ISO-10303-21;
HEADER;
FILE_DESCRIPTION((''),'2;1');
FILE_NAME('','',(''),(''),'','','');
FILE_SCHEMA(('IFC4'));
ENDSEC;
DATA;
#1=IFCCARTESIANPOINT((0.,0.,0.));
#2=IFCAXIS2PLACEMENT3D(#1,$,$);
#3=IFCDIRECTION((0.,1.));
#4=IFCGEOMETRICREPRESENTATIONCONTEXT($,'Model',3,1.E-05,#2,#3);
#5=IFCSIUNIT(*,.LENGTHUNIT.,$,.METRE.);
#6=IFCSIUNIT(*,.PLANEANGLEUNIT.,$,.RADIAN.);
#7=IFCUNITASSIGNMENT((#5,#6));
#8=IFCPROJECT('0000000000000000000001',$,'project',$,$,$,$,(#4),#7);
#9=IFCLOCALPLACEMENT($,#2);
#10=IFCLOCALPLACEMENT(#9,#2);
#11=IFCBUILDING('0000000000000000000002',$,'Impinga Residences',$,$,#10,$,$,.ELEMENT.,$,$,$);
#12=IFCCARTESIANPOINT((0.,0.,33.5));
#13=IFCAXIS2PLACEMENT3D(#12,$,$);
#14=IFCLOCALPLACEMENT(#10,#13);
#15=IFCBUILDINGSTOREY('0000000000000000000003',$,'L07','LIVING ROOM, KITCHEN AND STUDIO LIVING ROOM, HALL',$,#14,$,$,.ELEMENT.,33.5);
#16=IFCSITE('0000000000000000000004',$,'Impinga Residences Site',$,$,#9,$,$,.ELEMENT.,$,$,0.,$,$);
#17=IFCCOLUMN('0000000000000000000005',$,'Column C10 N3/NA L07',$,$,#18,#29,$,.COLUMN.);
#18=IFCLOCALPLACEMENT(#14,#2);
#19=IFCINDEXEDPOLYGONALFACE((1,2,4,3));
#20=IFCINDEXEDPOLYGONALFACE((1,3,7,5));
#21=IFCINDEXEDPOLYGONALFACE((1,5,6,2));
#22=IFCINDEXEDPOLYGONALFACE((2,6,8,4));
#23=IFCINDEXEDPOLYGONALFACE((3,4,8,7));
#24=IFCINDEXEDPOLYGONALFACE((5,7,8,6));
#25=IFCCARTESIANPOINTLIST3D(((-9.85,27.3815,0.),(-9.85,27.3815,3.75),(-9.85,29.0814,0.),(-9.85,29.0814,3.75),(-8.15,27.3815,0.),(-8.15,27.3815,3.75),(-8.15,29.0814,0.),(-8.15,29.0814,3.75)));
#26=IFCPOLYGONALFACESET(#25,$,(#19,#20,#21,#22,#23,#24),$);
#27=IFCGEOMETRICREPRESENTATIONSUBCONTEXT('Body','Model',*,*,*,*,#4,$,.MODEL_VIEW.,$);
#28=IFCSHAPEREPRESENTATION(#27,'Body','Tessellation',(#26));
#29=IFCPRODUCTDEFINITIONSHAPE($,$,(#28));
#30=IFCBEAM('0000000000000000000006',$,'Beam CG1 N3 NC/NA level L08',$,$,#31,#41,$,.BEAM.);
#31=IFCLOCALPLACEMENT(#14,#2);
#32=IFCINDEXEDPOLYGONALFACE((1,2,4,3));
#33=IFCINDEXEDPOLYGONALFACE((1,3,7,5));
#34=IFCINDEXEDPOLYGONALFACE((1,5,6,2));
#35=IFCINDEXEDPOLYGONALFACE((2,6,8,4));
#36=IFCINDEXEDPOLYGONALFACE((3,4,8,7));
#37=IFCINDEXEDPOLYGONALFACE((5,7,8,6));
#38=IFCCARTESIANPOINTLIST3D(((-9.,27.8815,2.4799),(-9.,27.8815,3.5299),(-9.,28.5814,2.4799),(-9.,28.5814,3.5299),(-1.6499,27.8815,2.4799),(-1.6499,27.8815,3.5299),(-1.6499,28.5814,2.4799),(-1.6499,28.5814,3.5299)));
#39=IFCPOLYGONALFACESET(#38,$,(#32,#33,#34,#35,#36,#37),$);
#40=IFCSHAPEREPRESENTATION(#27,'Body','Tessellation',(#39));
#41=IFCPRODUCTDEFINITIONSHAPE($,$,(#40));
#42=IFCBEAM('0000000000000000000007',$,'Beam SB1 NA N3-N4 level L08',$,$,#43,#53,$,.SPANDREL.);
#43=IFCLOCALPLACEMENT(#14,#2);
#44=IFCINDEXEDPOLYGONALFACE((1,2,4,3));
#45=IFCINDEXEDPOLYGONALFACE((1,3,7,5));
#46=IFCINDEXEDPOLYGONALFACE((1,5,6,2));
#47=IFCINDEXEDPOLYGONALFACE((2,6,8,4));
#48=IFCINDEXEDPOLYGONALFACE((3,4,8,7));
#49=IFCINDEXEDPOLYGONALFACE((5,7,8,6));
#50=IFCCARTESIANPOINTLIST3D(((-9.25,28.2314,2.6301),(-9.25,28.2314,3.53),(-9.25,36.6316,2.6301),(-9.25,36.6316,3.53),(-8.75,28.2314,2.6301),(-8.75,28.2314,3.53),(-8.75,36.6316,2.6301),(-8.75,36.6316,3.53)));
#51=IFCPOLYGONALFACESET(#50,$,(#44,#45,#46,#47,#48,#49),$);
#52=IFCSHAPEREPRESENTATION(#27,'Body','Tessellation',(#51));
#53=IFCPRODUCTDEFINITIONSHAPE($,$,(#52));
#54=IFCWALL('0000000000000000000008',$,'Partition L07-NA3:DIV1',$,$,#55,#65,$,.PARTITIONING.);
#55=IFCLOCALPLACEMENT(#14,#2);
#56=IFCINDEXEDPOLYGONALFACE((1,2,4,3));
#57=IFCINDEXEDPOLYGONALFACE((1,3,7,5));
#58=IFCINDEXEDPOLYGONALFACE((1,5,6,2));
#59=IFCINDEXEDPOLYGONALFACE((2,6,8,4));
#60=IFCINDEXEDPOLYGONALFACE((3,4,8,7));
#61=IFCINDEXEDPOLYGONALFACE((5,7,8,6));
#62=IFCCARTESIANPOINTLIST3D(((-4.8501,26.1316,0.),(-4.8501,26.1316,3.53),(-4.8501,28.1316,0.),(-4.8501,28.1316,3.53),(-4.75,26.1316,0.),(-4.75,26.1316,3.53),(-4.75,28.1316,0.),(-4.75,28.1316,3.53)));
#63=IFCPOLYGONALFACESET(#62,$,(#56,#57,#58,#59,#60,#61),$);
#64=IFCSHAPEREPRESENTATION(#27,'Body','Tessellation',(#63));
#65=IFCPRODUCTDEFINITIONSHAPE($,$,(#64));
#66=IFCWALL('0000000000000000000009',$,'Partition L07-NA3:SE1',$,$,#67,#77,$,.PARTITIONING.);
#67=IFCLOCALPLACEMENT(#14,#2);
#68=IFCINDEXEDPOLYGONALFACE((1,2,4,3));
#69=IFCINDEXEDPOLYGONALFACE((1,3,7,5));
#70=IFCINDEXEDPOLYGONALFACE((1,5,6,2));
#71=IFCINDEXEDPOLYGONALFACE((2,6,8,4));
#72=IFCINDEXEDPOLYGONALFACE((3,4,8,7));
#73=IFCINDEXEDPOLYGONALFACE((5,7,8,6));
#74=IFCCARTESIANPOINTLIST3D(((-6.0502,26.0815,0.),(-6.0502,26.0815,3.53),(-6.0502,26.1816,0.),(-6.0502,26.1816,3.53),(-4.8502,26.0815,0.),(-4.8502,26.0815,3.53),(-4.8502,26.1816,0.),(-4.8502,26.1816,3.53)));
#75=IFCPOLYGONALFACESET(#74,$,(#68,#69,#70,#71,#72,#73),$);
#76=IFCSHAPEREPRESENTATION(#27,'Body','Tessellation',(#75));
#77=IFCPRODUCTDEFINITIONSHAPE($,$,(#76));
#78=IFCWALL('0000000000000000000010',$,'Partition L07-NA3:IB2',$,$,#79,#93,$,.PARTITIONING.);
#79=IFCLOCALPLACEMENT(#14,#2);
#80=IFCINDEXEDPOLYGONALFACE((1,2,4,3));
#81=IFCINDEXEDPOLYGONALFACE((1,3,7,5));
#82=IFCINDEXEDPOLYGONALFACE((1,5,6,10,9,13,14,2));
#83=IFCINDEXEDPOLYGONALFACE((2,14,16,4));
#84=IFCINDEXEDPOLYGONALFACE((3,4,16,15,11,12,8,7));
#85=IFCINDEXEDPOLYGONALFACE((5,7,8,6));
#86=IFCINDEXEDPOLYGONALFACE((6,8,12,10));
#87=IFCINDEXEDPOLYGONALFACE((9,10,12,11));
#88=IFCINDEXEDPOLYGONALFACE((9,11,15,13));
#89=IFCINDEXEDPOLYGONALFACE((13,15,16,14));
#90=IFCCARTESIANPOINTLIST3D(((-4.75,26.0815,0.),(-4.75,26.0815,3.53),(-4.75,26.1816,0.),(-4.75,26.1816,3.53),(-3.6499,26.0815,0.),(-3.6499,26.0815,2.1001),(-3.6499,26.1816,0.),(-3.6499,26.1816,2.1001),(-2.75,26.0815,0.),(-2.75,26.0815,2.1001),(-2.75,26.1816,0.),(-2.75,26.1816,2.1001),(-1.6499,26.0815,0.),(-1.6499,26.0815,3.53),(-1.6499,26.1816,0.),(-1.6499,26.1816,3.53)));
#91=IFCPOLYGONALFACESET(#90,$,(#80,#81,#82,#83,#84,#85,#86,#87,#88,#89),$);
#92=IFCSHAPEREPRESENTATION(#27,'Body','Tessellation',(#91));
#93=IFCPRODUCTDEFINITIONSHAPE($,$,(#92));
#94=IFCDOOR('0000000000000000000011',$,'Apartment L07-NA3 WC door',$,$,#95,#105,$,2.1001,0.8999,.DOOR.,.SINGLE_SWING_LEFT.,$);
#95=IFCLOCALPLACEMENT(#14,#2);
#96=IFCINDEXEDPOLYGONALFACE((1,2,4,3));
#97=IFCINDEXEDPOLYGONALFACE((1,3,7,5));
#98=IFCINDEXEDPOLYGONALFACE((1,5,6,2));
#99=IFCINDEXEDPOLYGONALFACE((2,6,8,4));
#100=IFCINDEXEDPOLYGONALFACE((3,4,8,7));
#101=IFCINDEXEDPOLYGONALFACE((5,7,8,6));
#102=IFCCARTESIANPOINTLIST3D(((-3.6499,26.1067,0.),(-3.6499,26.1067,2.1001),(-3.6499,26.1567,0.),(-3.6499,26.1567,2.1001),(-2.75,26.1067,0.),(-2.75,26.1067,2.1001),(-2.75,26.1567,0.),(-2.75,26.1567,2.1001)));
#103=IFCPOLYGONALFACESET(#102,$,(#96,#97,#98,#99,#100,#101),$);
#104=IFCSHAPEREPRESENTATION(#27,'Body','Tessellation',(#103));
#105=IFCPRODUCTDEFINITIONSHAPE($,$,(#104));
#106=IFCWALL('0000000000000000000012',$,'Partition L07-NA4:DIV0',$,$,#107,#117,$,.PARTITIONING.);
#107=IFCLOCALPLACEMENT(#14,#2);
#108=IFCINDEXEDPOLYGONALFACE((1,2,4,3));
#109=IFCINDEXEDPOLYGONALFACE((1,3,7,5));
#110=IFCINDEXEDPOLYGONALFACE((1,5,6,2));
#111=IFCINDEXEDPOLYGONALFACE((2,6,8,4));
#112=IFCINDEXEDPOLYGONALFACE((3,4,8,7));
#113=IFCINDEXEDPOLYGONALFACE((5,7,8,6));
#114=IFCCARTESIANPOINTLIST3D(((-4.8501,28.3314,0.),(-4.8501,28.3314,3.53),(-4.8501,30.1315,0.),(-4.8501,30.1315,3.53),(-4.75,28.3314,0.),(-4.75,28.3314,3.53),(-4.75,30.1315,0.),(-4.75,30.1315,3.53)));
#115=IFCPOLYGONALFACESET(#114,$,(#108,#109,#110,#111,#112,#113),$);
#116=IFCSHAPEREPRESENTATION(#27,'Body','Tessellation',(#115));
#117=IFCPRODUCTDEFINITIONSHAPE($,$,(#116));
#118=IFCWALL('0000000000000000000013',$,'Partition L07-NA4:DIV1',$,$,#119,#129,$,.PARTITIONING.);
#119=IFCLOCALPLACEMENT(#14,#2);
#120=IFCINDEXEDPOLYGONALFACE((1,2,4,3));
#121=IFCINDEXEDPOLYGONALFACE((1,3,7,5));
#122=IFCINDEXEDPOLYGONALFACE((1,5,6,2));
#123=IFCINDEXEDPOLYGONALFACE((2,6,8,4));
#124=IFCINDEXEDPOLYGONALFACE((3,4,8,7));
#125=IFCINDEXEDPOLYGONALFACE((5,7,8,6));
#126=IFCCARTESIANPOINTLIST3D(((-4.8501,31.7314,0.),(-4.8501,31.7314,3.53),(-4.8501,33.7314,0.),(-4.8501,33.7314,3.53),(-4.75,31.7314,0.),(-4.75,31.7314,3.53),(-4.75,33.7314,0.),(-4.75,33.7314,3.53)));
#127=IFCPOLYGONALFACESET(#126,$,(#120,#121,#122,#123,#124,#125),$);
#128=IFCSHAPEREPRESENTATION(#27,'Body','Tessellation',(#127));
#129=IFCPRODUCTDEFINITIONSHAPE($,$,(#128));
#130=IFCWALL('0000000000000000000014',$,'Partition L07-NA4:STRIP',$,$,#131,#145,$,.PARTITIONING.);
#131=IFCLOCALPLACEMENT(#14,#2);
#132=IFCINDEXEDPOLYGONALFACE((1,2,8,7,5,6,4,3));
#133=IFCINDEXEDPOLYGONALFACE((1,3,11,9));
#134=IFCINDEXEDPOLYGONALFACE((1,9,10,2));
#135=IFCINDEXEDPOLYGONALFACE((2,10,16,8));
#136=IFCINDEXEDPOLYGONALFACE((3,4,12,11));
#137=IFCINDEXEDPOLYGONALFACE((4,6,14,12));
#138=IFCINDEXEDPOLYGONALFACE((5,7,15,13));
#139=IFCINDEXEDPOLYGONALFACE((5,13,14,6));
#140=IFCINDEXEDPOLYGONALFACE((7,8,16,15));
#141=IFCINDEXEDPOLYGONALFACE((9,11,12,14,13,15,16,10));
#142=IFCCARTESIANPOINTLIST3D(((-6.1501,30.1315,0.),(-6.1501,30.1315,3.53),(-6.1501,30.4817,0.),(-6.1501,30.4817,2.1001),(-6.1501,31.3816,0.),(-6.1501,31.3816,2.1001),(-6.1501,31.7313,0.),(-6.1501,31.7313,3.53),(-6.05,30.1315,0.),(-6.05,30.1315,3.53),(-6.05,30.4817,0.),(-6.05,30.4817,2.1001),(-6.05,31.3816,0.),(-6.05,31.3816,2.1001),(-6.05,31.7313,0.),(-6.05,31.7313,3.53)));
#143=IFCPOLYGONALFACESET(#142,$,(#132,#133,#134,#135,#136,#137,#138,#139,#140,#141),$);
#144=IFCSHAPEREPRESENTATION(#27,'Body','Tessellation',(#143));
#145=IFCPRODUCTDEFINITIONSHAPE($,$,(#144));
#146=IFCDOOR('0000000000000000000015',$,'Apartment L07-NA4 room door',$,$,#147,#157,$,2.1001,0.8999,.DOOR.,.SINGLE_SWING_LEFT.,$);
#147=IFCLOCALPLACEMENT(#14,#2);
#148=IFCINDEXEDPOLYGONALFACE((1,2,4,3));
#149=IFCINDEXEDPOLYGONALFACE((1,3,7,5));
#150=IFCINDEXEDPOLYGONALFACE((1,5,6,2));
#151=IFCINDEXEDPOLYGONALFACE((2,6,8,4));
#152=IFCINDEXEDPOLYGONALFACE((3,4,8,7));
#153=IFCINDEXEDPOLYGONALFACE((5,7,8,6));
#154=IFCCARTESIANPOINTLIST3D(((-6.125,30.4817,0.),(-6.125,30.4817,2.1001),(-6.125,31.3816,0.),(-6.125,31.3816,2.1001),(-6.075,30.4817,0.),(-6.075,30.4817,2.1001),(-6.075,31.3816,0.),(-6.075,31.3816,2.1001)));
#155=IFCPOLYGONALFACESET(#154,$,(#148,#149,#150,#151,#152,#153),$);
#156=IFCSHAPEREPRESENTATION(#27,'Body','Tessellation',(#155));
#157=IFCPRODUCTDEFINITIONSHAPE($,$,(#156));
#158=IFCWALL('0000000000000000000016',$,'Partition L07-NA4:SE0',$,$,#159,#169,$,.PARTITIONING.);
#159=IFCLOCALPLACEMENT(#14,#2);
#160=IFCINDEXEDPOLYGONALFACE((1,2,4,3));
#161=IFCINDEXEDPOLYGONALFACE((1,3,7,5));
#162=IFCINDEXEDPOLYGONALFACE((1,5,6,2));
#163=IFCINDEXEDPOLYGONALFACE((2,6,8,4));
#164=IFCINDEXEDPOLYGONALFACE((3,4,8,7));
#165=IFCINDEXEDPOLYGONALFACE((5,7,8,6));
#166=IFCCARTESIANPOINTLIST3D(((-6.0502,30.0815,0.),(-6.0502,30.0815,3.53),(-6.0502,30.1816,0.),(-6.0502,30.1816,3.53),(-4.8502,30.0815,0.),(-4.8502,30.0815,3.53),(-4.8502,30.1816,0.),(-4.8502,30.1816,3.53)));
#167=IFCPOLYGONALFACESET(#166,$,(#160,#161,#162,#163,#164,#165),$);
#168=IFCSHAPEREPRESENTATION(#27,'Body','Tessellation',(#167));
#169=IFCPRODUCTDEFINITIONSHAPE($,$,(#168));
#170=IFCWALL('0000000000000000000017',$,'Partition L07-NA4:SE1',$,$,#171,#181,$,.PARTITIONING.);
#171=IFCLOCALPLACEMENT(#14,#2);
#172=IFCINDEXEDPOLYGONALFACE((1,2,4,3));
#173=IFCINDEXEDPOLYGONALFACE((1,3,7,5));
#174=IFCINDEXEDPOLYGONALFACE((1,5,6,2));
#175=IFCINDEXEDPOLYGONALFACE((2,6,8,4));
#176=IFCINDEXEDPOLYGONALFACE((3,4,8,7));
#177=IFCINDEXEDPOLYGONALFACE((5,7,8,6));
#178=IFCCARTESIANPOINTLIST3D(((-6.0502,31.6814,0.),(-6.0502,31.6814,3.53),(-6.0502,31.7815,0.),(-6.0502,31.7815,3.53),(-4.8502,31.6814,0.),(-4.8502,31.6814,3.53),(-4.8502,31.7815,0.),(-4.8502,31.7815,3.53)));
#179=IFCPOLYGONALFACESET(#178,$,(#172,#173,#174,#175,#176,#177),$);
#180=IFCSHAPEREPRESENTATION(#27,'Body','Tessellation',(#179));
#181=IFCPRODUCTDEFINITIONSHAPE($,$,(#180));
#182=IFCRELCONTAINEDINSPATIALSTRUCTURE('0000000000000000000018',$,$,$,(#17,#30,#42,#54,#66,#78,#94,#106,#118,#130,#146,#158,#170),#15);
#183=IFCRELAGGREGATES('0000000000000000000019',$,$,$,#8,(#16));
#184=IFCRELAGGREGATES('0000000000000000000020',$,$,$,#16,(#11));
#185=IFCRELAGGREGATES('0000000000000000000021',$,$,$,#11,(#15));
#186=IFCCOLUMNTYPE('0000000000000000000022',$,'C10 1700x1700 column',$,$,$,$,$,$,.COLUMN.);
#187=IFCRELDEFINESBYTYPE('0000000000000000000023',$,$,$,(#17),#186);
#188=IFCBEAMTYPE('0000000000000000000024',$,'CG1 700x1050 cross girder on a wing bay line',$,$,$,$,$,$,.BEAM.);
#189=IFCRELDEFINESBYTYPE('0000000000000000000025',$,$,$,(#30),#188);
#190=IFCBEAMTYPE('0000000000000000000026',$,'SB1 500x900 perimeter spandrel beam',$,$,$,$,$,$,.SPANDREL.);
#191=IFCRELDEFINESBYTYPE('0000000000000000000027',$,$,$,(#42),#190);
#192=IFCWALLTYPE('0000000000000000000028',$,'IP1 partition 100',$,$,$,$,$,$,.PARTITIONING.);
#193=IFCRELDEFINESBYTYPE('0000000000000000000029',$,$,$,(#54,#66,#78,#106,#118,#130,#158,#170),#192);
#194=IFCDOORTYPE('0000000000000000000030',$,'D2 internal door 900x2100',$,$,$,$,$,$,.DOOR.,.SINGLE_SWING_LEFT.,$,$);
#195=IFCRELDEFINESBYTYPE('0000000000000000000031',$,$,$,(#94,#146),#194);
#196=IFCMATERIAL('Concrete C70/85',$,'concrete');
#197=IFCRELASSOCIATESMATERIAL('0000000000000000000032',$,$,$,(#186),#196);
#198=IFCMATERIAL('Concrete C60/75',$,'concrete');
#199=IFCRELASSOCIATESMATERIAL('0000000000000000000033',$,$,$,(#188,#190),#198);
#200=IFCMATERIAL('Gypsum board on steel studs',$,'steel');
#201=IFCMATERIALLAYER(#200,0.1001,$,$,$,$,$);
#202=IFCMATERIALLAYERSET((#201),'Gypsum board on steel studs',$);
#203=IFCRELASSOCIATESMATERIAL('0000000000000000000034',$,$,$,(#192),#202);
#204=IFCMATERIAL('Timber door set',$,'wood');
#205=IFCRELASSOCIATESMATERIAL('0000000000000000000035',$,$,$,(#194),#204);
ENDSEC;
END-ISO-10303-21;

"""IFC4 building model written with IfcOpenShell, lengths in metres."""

from ifc_helpers import new_model, si_unit, direction, frame, frame_2d, origin, origin_2d, place, context, subcontext, project, spatial, rectangle, extrude, material, layer, layer_set, material_profile, profile_set, type_object, element, fill, save


model = new_model("IFC4")

# Units and contexts
model_context = context("Model", 3, precision=1e-05, world=origin(), true_north=direction((0.0, 1.0)))
body_context = subcontext(model_context, "Body", "Model", "MODEL_VIEW")
ifc_project = project(units=[si_unit("LENGTHUNIT", "METRE"), si_unit("PLANEANGLEUNIT", "RADIAN")], contexts=[model_context])

# Site, building, storey
site_placement = place(None, origin())
site = spatial("IfcSite", under=ifc_project, at=site_placement, Name="Impinga Residences Site", CompositionType="ELEMENT", RefElevation=0.0)
building_placement = place(site_placement, origin())
building = spatial("IfcBuilding", under=site, at=building_placement, Name="Impinga Residences", CompositionType="ELEMENT")
storey_placement = place(building_placement, frame((0.0, 0.0, 33.5)))
storey = spatial("IfcBuildingStorey", under=building, at=storey_placement, Name="L07", Description="LIVING ROOM, KITCHEN AND STUDIO LIVING ROOM, HALL", CompositionType="ELEMENT", Elevation=33.5)

# Column
ifc_material_1 = material(Name="Concrete C70/85", Category="concrete")
ifc_material_profile_1 = material_profile(ifc_material_1, rectangle(XDim=1.7, YDim=1.7, at=origin_2d()), Name="RC 1700x1700")
ifc_profile_set_1 = profile_set([ifc_material_profile_1], Name="Concrete C70/85")
column_type = type_object("IfcColumnType", Name="C10 1700x1700 column", PredefinedType="COLUMN", material=ifc_profile_set_1)
column_placement = place(storey_placement, frame((-9.0, 28.2314, 0.0), z_axis=(0.0, 0.0, 1.0), x_axis=(1.0, 0.0, 0.0)))
element("IfcColumn", 1, at=column_placement, inside=storey, type_object=column_type, Name="Column C10 N3/NA L07", PredefinedType="COLUMN", context=body_context, shape_type="SweptSolid", body=[
    extrude(rectangle(XDim=1.7, YDim=1.7, at=origin_2d()), origin(), (0.0, 0.0, 1.0), 3.75),
])

# Beams
ifc_material_2 = material(Name="Concrete C60/75", Category="concrete")
ifc_material_profile_2 = material_profile(ifc_material_2, rectangle(XDim=0.7, YDim=1.05, at=origin_2d()), Name="RC 700x1050")
ifc_profile_set_2 = profile_set([ifc_material_profile_2], Name="Concrete C60/75")
beam_type_1 = type_object("IfcBeamType", Name="CG1 700x1050 cross girder on a wing bay line", PredefinedType="BEAM", material=ifc_profile_set_2)
beam_1_placement = place(storey_placement, frame((-1.6499, 28.2314, 3.0049), z_axis=(-1.0, 0.0, 0.0), x_axis=(0.0, -1.0, 0.0)))
element("IfcBeam", 2, at=beam_1_placement, inside=storey, type_object=beam_type_1, Name="Beam CG1 N3 NC/NA level L08", PredefinedType="BEAM", context=body_context, shape_type="SweptSolid", body=[
    extrude(rectangle(XDim=0.7, YDim=1.05, at=origin_2d()), origin(), (0.0, 0.0, 1.0), 7.3501),
])
ifc_material_profile_3 = material_profile(ifc_material_2, rectangle(XDim=0.5, YDim=0.8999, at=origin_2d()), Name="RC 500x900")
ifc_profile_set_3 = profile_set([ifc_material_profile_3], Name="Concrete C60/75")
beam_type_2 = type_object("IfcBeamType", Name="SB1 500x900 perimeter spandrel beam", PredefinedType="SPANDREL", material=ifc_profile_set_3)
beam_2_placement = place(storey_placement, frame((-9.0, 28.2314, 3.0801), z_axis=(0.0, 1.0, 0.0), x_axis=(-1.0, 0.0, 0.0)))
element("IfcBeam", 3, at=beam_2_placement, inside=storey, type_object=beam_type_2, Name="Beam SB1 NA N3-N4 level L08", PredefinedType="SPANDREL", context=body_context, shape_type="SweptSolid", body=[
    extrude(rectangle(XDim=0.5, YDim=0.8999, at=origin_2d()), origin(), (0.0, 0.0, 1.0), 8.4001),
])

# Walls
ifc_material_3 = material(Name="Gypsum board on steel studs", Category="steel")
ifc_layer_1 = layer(ifc_material_3, 0.1001)
ifc_layer_set_1 = layer_set([ifc_layer_1], Name="Gypsum board on steel studs")
wall_type_1 = type_object("IfcWallType", Name="IP1 partition 100", PredefinedType="PARTITIONING", material=ifc_layer_set_1)
wall_1_placement = place(storey_placement, frame((-4.8, 26.1316, 0.0), z_axis=(0.0, 0.0, 1.0), x_axis=(0.0, 1.0, 0.0)))
element("IfcWall", 4, at=wall_1_placement, inside=storey, type_object=wall_type_1, Name="Partition L07-NA3:DIV1", PredefinedType="PARTITIONING", context=body_context, shape_type="SweptSolid", body=[
    extrude(rectangle(XDim=2.0, YDim=0.1001, at=frame_2d((1.0, 0.0))), origin(), (0.0, 0.0, 1.0), 3.53),
])
wall_2_placement = place(storey_placement, frame((-4.8501, 26.1316, 0.0), z_axis=(0.0, 0.0, 1.0), x_axis=(-1.0, 0.0, 0.0)))
element("IfcWall", 5, at=wall_2_placement, inside=storey, type_object=wall_type_1, Name="Partition L07-NA3:SE1", PredefinedType="PARTITIONING", context=body_context, shape_type="SweptSolid", body=[
    extrude(rectangle(XDim=1.2, YDim=0.1001, at=frame_2d((0.6001, 0.0))), origin(), (0.0, 0.0, 1.0), 3.53),
])

# Wall, opening, door
wall_3_placement = place(storey_placement, frame((-1.6499, 26.1316, 0.0), z_axis=(0.0, 0.0, 1.0), x_axis=(-1.0, 0.0, 0.0)))
wall_3 = element("IfcWall", 6, at=wall_3_placement, inside=storey, type_object=wall_type_1, Name="Partition L07-NA3:IB2", PredefinedType="PARTITIONING", context=body_context, shape_type="SweptSolid", body=[
    extrude(rectangle(XDim=3.1001, YDim=0.1001, at=frame_2d((1.55, 0.0))), origin(), (0.0, 0.0, 1.0), 3.53),
])
opening_1_placement = place(wall_3_placement, frame((1.1001, 0.0, 0.0)))
opening_1 = element("IfcOpeningElement", 7, at=opening_1_placement, cuts=wall_3, PredefinedType="OPENING", context=body_context, shape_type="SweptSolid", body=[
    extrude(rectangle(XDim=0.8999, YDim=2.1001, at=frame_2d((0.45, 1.05))), frame((0.0, 0.0601, 0.0), z_axis=(0.0, -1.0, 0.0), x_axis=(1.0, 0.0, 0.0)), (0.0, 0.0, 1.0), 0.1201),
])
ifc_material_4 = material(Name="Timber door set", Category="wood")
door_type = type_object("IfcDoorType", Name="D2 internal door 900x2100", OperationType="SINGLE_SWING_LEFT", PredefinedType="DOOR", material=ifc_material_4)
door_1_placement = place(opening_1_placement, origin())
door_1 = element("IfcDoor", 8, at=door_1_placement, inside=storey, type_object=door_type, Name="Apartment L07-NA3 WC door", OperationType="SINGLE_SWING_LEFT", OverallHeight=2.1001, OverallWidth=0.8999, PredefinedType="DOOR", context=body_context, shape_type="SweptSolid", body=[
    extrude(rectangle(XDim=0.8999, YDim=2.1001, at=frame_2d((0.45, 1.05))), frame((0.0, 0.0249, 0.0), z_axis=(0.0, -1.0, 0.0), x_axis=(1.0, 0.0, 0.0)), (0.0, 0.0, 1.0), 0.05),
])
fill(opening_1, door_1)

# Walls
wall_4_placement = place(storey_placement, frame((-4.8, 28.3315, 0.0), z_axis=(0.0, 0.0, 1.0), x_axis=(0.0, 1.0, 0.0)))
element("IfcWall", 9, at=wall_4_placement, inside=storey, type_object=wall_type_1, Name="Partition L07-NA4:DIV0", PredefinedType="PARTITIONING", context=body_context, shape_type="SweptSolid", body=[
    extrude(rectangle(XDim=1.8, YDim=0.1001, at=frame_2d((0.8999, 0.0))), origin(), (0.0, 0.0, 1.0), 3.53),
])
wall_5_placement = place(storey_placement, frame((-4.8, 31.7314, 0.0), z_axis=(0.0, 0.0, 1.0), x_axis=(0.0, 1.0, 0.0)))
element("IfcWall", 10, at=wall_5_placement, inside=storey, type_object=wall_type_1, Name="Partition L07-NA4:DIV1", PredefinedType="PARTITIONING", context=body_context, shape_type="SweptSolid", body=[
    extrude(rectangle(XDim=2.0, YDim=0.1001, at=frame_2d((1.0, 0.0))), origin(), (0.0, 0.0, 1.0), 3.53),
])

# Wall, opening, door
wall_6_placement = place(storey_placement, frame((-6.1001, 30.1316, 0.0), z_axis=(0.0, 0.0, 1.0), x_axis=(0.0, 1.0, 0.0)))
wall_6 = element("IfcWall", 11, at=wall_6_placement, inside=storey, type_object=wall_type_1, Name="Partition L07-NA4:STRIP", PredefinedType="PARTITIONING", context=body_context, shape_type="SweptSolid", body=[
    extrude(rectangle(XDim=1.5999, YDim=0.1001, at=frame_2d((0.7998, 0.0))), origin(), (0.0, 0.0, 1.0), 3.53),
])
opening_2_placement = place(wall_6_placement, frame((0.3501, 0.0, 0.0)))
opening_2 = element("IfcOpeningElement", 12, at=opening_2_placement, cuts=wall_6, PredefinedType="OPENING", context=body_context, shape_type="SweptSolid", body=[
    extrude(rectangle(XDim=0.8999, YDim=2.1001, at=frame_2d((0.45, 1.05))), frame((0.0, 0.0601, 0.0), z_axis=(0.0, -1.0, 0.0), x_axis=(1.0, 0.0, 0.0)), (0.0, 0.0, 1.0), 0.1201),
])
door_2_placement = place(opening_2_placement, origin())
door_2 = element("IfcDoor", 13, at=door_2_placement, inside=storey, type_object=door_type, Name="Apartment L07-NA4 room door", OperationType="SINGLE_SWING_LEFT", OverallHeight=2.1001, OverallWidth=0.8999, PredefinedType="DOOR", context=body_context, shape_type="SweptSolid", body=[
    extrude(rectangle(XDim=0.8999, YDim=2.1001, at=frame_2d((0.45, 1.05))), frame((0.0, 0.0249, 0.0), z_axis=(0.0, -1.0, 0.0), x_axis=(1.0, 0.0, 0.0)), (0.0, 0.0, 1.0), 0.05),
])
fill(opening_2, door_2)

# Walls
for number, where, z_axis, x_axis, name in (
    (14, (-4.8501, 30.1316, 0.0), (0.0, 0.0, 1.0), (-1.0, 0.0, 0.0), "Partition L07-NA4:SE0"),
    (15, (-4.8501, 31.7314, 0.0), (0.0, 0.0, 1.0), (-1.0, 0.0, 0.0), "Partition L07-NA4:SE1"),
):
    element("IfcWall", number, at=place(storey_placement, frame(where, z_axis=z_axis, x_axis=x_axis)), inside=storey, type_object=wall_type_1, Name=name, PredefinedType="PARTITIONING", context=body_context, shape_type="SweptSolid", body=[
        extrude(rectangle(XDim=1.2, YDim=0.1001, at=frame_2d((0.6001, 0.0))), origin(), (0.0, 0.0, 1.0), 3.53),
    ])

save(model, "model.ifc")
